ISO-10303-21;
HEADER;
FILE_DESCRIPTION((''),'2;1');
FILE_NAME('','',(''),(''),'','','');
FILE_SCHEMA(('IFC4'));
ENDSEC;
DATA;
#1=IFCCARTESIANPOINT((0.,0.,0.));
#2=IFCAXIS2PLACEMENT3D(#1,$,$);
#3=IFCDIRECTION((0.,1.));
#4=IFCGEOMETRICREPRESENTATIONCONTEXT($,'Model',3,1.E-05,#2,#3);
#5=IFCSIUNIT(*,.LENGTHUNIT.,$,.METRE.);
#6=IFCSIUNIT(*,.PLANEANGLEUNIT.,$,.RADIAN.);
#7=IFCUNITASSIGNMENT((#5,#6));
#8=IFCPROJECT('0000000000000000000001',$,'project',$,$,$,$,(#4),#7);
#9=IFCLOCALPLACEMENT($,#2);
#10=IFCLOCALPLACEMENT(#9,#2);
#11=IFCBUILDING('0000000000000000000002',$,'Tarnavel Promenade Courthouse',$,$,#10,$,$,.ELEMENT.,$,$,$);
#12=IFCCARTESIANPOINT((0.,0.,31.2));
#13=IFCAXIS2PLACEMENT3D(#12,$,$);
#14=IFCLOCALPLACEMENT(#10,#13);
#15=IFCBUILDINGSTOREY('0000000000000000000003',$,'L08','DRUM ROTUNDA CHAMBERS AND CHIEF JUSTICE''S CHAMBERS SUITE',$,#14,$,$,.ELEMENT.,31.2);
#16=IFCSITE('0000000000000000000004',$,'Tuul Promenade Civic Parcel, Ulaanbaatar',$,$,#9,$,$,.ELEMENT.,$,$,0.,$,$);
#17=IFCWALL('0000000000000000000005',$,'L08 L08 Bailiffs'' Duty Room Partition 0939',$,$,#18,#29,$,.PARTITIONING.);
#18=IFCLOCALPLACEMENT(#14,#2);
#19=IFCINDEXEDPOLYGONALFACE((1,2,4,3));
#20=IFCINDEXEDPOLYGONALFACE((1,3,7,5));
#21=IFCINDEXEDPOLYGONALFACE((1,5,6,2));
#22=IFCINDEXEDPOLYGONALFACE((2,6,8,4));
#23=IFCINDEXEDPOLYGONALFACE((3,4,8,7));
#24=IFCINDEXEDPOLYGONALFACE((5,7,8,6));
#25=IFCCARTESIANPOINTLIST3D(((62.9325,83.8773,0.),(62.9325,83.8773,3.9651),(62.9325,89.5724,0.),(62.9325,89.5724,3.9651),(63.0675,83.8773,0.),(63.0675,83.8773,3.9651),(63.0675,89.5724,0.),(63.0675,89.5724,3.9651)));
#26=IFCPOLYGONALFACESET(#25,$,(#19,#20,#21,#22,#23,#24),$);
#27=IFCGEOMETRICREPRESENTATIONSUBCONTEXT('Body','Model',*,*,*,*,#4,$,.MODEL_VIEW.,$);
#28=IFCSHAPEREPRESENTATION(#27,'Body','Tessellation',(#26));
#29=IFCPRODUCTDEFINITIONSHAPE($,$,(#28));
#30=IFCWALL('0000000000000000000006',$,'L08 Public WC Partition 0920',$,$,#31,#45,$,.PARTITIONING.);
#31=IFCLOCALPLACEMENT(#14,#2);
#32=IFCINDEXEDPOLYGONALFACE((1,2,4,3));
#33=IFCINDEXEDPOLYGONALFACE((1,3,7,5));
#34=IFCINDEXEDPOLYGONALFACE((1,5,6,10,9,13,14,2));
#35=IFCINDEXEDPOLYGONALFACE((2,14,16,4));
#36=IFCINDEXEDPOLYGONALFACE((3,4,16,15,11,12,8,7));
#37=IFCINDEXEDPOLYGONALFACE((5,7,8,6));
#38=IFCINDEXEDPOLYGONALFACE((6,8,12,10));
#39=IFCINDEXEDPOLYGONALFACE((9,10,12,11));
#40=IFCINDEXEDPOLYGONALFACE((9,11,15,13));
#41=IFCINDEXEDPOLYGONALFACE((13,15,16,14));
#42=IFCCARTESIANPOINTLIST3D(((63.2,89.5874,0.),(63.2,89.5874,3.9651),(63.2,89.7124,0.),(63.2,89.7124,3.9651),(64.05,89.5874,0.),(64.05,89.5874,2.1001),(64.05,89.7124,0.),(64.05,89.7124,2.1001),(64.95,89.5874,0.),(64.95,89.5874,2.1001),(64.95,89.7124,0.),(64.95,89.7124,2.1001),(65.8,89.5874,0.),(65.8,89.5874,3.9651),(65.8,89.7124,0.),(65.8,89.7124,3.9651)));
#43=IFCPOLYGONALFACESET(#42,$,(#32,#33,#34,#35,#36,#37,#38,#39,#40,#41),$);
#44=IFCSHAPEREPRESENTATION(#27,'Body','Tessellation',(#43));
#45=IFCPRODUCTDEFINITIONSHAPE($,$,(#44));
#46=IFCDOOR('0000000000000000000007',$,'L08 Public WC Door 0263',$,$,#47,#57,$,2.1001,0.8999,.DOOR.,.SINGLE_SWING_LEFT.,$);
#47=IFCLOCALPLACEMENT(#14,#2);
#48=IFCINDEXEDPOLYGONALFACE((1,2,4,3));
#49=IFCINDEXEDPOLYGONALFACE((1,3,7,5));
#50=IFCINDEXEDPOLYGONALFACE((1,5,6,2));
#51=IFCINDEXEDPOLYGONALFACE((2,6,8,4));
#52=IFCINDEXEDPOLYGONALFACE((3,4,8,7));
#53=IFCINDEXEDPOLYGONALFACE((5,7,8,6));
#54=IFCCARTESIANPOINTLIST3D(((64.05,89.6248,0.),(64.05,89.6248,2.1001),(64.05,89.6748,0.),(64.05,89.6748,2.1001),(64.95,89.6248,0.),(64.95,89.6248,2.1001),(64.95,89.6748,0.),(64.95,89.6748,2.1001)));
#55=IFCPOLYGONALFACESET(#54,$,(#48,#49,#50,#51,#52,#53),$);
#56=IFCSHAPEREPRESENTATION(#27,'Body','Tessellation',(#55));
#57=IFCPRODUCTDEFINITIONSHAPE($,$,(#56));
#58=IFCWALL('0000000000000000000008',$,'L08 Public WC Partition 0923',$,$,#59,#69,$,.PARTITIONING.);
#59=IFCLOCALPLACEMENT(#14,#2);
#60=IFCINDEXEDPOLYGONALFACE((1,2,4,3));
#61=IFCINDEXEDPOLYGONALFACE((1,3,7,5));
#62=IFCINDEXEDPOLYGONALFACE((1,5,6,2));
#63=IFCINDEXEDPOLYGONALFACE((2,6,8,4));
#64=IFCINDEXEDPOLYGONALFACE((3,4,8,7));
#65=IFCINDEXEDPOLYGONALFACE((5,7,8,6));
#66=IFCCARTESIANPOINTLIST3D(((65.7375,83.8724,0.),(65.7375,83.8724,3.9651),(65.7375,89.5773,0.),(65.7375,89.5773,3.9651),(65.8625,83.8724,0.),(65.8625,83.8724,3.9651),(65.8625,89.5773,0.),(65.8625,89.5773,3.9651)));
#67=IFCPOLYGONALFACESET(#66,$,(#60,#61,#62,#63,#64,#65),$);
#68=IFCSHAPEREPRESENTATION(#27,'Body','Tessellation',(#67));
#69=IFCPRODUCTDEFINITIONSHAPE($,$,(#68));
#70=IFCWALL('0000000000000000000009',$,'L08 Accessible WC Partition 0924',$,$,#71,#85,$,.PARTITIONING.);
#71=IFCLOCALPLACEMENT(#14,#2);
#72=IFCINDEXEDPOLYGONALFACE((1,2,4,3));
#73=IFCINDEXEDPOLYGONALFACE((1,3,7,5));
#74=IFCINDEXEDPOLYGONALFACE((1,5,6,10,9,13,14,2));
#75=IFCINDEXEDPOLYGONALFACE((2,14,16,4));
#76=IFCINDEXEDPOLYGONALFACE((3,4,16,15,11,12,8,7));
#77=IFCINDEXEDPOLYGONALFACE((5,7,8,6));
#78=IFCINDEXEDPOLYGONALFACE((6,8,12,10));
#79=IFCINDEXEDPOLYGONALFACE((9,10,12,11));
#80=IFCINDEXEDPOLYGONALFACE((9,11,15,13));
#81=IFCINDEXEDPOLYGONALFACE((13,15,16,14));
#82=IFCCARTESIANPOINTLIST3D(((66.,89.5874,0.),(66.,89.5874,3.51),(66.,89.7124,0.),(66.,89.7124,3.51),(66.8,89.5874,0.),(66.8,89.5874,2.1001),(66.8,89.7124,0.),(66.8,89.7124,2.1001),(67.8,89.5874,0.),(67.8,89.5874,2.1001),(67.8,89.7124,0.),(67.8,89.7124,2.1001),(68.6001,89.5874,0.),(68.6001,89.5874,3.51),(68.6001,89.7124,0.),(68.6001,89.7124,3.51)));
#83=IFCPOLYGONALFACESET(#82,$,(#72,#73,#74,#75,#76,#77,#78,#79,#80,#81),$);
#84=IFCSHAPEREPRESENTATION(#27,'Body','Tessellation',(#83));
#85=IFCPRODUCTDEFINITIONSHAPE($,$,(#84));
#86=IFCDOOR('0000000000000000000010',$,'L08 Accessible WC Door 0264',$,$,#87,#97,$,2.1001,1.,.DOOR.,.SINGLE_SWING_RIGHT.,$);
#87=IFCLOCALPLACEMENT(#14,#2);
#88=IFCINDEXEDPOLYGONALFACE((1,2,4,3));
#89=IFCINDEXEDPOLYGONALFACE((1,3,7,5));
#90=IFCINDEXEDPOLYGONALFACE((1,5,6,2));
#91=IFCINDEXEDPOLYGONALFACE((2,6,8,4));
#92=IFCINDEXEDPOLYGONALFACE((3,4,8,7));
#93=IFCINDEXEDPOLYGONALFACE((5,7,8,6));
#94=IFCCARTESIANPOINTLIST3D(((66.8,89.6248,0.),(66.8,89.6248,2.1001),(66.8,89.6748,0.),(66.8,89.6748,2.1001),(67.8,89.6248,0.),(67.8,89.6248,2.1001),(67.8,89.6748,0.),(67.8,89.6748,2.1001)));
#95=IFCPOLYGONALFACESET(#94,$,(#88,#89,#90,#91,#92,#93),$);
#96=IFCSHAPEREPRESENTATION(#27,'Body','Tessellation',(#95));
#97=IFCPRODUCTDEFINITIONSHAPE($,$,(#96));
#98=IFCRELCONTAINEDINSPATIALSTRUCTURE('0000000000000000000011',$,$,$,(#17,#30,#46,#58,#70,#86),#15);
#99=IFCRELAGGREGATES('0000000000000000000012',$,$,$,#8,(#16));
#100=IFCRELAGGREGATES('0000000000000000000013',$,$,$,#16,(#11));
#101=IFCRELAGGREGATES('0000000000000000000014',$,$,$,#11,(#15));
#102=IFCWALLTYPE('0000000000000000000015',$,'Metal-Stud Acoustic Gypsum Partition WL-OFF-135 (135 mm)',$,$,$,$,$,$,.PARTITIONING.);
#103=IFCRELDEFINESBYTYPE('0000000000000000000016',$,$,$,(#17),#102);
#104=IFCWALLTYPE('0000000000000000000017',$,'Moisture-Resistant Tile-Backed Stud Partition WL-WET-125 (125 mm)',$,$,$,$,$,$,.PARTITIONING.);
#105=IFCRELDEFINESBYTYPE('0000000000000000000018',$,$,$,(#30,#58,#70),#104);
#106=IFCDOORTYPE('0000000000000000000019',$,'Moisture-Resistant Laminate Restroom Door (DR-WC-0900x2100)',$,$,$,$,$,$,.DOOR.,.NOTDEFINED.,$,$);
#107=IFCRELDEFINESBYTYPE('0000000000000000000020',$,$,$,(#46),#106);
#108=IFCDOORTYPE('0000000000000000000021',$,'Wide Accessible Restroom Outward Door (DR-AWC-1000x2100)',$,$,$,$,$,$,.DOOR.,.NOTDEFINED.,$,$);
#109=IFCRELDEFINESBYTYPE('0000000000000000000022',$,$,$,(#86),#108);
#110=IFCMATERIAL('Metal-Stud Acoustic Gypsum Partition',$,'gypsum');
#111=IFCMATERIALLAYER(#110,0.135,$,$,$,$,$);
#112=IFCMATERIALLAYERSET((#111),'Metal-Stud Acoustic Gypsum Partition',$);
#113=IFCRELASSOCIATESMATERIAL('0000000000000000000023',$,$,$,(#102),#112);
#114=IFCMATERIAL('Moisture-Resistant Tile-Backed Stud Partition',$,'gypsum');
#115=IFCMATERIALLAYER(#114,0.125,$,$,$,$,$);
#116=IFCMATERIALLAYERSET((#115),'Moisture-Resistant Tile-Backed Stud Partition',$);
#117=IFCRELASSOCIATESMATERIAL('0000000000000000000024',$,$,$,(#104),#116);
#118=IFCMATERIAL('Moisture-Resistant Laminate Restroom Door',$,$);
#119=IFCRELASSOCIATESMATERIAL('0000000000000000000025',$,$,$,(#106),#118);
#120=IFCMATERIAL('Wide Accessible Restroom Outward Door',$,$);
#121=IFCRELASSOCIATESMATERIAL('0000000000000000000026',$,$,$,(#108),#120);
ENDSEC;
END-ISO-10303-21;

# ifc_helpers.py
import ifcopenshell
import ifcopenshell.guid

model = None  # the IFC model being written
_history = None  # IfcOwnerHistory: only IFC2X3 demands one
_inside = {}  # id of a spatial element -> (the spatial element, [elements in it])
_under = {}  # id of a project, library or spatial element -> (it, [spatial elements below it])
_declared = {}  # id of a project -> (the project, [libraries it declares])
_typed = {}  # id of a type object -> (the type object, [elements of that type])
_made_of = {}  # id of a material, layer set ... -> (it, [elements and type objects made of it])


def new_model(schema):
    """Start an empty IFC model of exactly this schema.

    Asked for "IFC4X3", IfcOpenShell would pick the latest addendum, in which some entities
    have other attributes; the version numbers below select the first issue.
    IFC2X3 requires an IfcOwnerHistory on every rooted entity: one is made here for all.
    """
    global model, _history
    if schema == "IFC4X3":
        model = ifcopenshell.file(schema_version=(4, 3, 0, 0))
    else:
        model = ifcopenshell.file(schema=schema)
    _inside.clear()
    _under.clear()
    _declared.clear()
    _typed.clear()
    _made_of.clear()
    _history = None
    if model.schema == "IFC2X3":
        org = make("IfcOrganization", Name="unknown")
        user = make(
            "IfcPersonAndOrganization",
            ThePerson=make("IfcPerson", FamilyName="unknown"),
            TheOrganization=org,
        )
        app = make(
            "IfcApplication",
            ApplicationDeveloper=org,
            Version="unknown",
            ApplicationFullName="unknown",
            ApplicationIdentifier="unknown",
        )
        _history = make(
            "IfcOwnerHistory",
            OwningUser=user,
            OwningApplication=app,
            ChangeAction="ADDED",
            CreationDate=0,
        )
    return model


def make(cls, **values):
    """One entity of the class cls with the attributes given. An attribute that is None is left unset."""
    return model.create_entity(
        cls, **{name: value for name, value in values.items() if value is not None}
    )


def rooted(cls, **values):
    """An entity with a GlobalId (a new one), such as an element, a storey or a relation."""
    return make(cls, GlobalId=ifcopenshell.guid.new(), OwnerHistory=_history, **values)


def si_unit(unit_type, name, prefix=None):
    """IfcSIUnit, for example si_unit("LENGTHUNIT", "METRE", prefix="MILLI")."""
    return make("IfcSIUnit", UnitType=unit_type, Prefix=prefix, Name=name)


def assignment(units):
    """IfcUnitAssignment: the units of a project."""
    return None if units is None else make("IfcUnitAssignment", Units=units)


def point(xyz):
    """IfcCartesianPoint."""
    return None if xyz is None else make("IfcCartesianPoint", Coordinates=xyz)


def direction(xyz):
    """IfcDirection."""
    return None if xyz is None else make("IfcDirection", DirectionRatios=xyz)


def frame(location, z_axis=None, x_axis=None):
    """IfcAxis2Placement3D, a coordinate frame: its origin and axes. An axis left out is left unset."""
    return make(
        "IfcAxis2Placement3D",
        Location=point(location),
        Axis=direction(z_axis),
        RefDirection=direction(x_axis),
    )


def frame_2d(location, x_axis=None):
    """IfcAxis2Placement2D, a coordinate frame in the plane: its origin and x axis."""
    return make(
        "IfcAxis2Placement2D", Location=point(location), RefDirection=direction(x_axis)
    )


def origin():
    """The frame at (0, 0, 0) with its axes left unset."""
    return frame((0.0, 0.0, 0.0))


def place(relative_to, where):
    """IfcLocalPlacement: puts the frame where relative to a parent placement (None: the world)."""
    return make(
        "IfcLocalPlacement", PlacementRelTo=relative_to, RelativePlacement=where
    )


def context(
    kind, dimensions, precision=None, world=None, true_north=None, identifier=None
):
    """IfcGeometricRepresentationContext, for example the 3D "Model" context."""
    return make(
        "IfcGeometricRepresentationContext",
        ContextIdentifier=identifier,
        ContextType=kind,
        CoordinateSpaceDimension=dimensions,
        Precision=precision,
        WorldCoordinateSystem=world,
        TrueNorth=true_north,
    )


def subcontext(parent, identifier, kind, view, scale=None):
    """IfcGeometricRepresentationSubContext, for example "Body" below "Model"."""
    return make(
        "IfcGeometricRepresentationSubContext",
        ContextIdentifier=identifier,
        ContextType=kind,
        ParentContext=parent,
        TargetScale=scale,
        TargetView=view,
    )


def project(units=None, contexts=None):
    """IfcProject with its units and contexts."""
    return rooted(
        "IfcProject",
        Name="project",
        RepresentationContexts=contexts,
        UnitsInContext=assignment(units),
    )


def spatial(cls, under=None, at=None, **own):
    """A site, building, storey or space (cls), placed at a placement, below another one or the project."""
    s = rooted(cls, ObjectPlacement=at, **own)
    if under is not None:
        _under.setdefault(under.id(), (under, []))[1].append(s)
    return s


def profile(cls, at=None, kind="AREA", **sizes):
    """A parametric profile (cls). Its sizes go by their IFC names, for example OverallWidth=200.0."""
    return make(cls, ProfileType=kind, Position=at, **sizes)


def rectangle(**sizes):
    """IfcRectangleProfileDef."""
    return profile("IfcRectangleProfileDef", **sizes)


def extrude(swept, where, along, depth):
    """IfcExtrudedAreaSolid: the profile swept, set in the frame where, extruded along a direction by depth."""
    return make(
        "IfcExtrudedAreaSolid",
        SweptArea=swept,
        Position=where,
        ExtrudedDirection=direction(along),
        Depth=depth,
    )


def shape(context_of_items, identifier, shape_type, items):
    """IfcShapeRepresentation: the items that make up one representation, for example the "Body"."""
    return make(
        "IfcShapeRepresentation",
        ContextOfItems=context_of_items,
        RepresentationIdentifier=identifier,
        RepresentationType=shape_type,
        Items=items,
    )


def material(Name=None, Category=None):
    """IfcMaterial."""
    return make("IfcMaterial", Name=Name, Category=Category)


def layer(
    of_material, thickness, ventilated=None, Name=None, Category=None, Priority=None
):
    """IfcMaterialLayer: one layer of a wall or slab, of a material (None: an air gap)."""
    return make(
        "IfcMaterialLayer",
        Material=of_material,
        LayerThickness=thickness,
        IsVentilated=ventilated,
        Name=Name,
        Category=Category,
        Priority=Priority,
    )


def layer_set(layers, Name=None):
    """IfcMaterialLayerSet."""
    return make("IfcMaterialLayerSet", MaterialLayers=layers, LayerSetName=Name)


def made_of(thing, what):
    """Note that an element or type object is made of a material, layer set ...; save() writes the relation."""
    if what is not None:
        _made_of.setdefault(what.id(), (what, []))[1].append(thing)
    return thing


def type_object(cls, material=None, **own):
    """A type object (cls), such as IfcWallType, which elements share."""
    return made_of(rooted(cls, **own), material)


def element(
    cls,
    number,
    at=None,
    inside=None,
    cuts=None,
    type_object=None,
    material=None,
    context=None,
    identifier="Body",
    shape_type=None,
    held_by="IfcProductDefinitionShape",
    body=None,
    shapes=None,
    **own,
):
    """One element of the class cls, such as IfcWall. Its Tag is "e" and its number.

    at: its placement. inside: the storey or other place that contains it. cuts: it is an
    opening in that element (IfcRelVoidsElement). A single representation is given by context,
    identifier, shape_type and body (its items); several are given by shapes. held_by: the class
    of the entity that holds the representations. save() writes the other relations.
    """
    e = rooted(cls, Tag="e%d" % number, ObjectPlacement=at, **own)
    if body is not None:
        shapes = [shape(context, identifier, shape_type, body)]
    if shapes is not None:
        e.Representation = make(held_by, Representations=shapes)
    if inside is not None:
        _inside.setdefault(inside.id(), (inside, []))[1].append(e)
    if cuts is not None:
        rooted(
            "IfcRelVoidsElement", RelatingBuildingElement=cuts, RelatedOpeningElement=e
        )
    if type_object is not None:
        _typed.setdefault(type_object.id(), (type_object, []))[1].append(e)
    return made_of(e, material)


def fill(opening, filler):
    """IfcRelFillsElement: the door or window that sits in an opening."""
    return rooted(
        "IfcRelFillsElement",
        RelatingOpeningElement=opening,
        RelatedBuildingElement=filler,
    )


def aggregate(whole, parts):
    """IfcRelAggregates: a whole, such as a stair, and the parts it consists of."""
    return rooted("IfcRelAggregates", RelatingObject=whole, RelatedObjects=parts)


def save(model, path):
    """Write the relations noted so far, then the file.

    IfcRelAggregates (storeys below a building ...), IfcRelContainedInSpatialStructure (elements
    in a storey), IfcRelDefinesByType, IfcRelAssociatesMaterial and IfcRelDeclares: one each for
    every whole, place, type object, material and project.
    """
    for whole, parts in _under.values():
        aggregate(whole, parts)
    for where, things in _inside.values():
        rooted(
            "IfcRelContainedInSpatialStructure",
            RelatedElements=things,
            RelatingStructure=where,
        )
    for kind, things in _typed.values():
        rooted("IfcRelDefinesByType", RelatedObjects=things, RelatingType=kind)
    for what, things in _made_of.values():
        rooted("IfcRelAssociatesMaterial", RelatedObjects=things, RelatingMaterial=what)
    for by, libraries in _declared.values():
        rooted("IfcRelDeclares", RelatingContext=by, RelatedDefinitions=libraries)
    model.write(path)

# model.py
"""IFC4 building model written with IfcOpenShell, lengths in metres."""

from ifc_helpers import new_model, si_unit, direction, frame, frame_2d, origin, place, context, subcontext, project, spatial, rectangle, extrude, material, layer, layer_set, type_object, element, fill, save


model = new_model("IFC4")

# Units and contexts
model_context = context("Model", 3, precision=1e-05, world=origin(), true_north=direction((0.0, 1.0)))
body_context = subcontext(model_context, "Body", "Model", "MODEL_VIEW")
ifc_project = project(units=[si_unit("LENGTHUNIT", "METRE"), si_unit("PLANEANGLEUNIT", "RADIAN")], contexts=[model_context])

# Site, building, storey
site_placement = place(None, origin())
site = spatial("IfcSite", under=ifc_project, at=site_placement, Name="Tuul Promenade Civic Parcel, Ulaanbaatar", CompositionType="ELEMENT", RefElevation=0.0)
building_placement = place(site_placement, origin())
building = spatial("IfcBuilding", under=site, at=building_placement, Name="Tarnavel Promenade Courthouse", CompositionType="ELEMENT")
storey_placement = place(building_placement, frame((0.0, 0.0, 31.2)))
storey = spatial("IfcBuildingStorey", under=building, at=storey_placement, Name="L08", Description="DRUM ROTUNDA CHAMBERS AND CHIEF JUSTICE'S CHAMBERS SUITE", CompositionType="ELEMENT", Elevation=31.2)

# Shared definitions
ifc_material_1 = material(Name="Metal-Stud Acoustic Gypsum Partition", Category="gypsum")
ifc_layer_1 = layer(ifc_material_1, 0.135)
ifc_layer_set_1 = layer_set([ifc_layer_1], Name="Metal-Stud Acoustic Gypsum Partition")
wall_type_1 = type_object("IfcWallType", Name="Metal-Stud Acoustic Gypsum Partition WL-OFF-135 (135 mm)", PredefinedType="PARTITIONING", material=ifc_layer_set_1)

# Wall
wall_1_placement = place(storey_placement, frame((63.0, 89.5725, 0.0), z_axis=(0.0, 0.0, 1.0), x_axis=(0.0, -1.0, 0.0)))
element("IfcWall", 1, at=wall_1_placement, inside=storey, type_object=wall_type_1, Name="L08 L08 Bailiffs' Duty Room Partition 0939", PredefinedType="PARTITIONING", context=body_context, shape_type="SweptSolid", body=[
    extrude(rectangle(XDim=5.6951, YDim=0.135, at=frame_2d((2.8477, 0.0))), origin(), (0.0, 0.0, 1.0), 3.9651),
])

# Wall, opening, door
ifc_material_2 = material(Name="Moisture-Resistant Tile-Backed Stud Partition", Category="gypsum")
ifc_layer_2 = layer(ifc_material_2, 0.125)
ifc_layer_set_2 = layer_set([ifc_layer_2], Name="Moisture-Resistant Tile-Backed Stud Partition")
wall_type_2 = type_object("IfcWallType", Name="Moisture-Resistant Tile-Backed Stud Partition WL-WET-125 (125 mm)", PredefinedType="PARTITIONING", material=ifc_layer_set_2)
wall_2_placement = place(storey_placement, frame((63.2, 89.6499, 0.0), z_axis=(0.0, 0.0, 1.0), x_axis=(1.0, 0.0, 0.0)))
wall_2 = element("IfcWall", 2, at=wall_2_placement, inside=storey, type_object=wall_type_2, Name="L08 Public WC Partition 0920", PredefinedType="PARTITIONING", context=body_context, shape_type="SweptSolid", body=[
    extrude(rectangle(XDim=2.6001, YDim=0.125, at=frame_2d((1.3, 0.0))), origin(), (0.0, 0.0, 1.0), 3.9651),
])
opening_1_placement = place(wall_2_placement, frame((0.8501, 0.0, 0.0)))
opening_1 = element("IfcOpeningElement", 3, at=opening_1_placement, cuts=wall_2, PredefinedType="OPENING", context=body_context, shape_type="SweptSolid", body=[
    extrude(rectangle(XDim=0.8999, YDim=2.1001, at=frame_2d((0.45, 1.05))), frame((0.0, 0.0725, 0.0), z_axis=(0.0, -1.0, 0.0), x_axis=(1.0, 0.0, 0.0)), (0.0, 0.0, 1.0), 0.145),
])
ifc_material_3 = material(Name="Moisture-Resistant Laminate Restroom Door")
door_type_1 = type_object("IfcDoorType", Name="Moisture-Resistant Laminate Restroom Door (DR-WC-0900x2100)", OperationType="NOTDEFINED", PredefinedType="DOOR", material=ifc_material_3)
door_1_placement = place(opening_1_placement, origin())
door_1 = element("IfcDoor", 4, at=door_1_placement, inside=storey, type_object=door_type_1, Name="L08 Public WC Door 0263", OperationType="SINGLE_SWING_LEFT", OverallHeight=2.1001, OverallWidth=0.8999, PredefinedType="DOOR", context=body_context, shape_type="SweptSolid", body=[
    extrude(rectangle(XDim=0.8999, YDim=2.1001, at=frame_2d((0.45, 1.05))), frame((0.0, 0.0249, 0.0), z_axis=(0.0, -1.0, 0.0), x_axis=(1.0, 0.0, 0.0)), (0.0, 0.0, 1.0), 0.05),
])
fill(opening_1, door_1)

# Wall
wall_3_placement = place(storey_placement, frame((65.8, 89.5774, 0.0), z_axis=(0.0, 0.0, 1.0), x_axis=(0.0, -1.0, 0.0)))
element("IfcWall", 5, at=wall_3_placement, inside=storey, type_object=wall_type_2, Name="L08 Public WC Partition 0923", PredefinedType="PARTITIONING", context=body_context, shape_type="SweptSolid", body=[
    extrude(rectangle(XDim=5.7048, YDim=0.125, at=frame_2d((2.8525, 0.0))), origin(), (0.0, 0.0, 1.0), 3.9651),
])

# Wall, opening, door
wall_4_placement = place(storey_placement, frame((66.0, 89.6499, 0.0), z_axis=(0.0, 0.0, 1.0), x_axis=(1.0, 0.0, 0.0)))
wall_4 = element("IfcWall", 6, at=wall_4_placement, inside=storey, type_object=wall_type_2, Name="L08 Accessible WC Partition 0924", PredefinedType="PARTITIONING", context=body_context, shape_type="SweptSolid", body=[
    extrude(rectangle(XDim=2.6001, YDim=0.125, at=frame_2d((1.3, 0.0))), origin(), (0.0, 0.0, 1.0), 3.51),
])
opening_2_placement = place(wall_4_placement, frame((0.8, 0.0, 0.0)))
opening_2 = element("IfcOpeningElement", 7, at=opening_2_placement, cuts=wall_4, PredefinedType="OPENING", context=body_context, shape_type="SweptSolid", body=[
    extrude(rectangle(XDim=1.0, YDim=2.1001, at=frame_2d((0.5, 1.05))), frame((0.0, 0.0725, 0.0), z_axis=(0.0, -1.0, 0.0), x_axis=(1.0, 0.0, 0.0)), (0.0, 0.0, 1.0), 0.145),
])
ifc_material_4 = material(Name="Wide Accessible Restroom Outward Door")
door_type_2 = type_object("IfcDoorType", Name="Wide Accessible Restroom Outward Door (DR-AWC-1000x2100)", OperationType="NOTDEFINED", PredefinedType="DOOR", material=ifc_material_4)
door_2_placement = place(opening_2_placement, origin())
door_2 = element("IfcDoor", 8, at=door_2_placement, inside=storey, type_object=door_type_2, Name="L08 Accessible WC Door 0264", OperationType="SINGLE_SWING_RIGHT", OverallHeight=2.1001, OverallWidth=1.0, PredefinedType="DOOR", context=body_context, shape_type="SweptSolid", body=[
    extrude(rectangle(XDim=1.0, YDim=2.1001, at=frame_2d((0.5, 1.05))), frame((0.0, 0.0249, 0.0), z_axis=(0.0, -1.0, 0.0), x_axis=(1.0, 0.0, 0.0)), (0.0, 0.0, 1.0), 0.05),
])
fill(opening_2, door_2)

save(model, "model.ifc")
